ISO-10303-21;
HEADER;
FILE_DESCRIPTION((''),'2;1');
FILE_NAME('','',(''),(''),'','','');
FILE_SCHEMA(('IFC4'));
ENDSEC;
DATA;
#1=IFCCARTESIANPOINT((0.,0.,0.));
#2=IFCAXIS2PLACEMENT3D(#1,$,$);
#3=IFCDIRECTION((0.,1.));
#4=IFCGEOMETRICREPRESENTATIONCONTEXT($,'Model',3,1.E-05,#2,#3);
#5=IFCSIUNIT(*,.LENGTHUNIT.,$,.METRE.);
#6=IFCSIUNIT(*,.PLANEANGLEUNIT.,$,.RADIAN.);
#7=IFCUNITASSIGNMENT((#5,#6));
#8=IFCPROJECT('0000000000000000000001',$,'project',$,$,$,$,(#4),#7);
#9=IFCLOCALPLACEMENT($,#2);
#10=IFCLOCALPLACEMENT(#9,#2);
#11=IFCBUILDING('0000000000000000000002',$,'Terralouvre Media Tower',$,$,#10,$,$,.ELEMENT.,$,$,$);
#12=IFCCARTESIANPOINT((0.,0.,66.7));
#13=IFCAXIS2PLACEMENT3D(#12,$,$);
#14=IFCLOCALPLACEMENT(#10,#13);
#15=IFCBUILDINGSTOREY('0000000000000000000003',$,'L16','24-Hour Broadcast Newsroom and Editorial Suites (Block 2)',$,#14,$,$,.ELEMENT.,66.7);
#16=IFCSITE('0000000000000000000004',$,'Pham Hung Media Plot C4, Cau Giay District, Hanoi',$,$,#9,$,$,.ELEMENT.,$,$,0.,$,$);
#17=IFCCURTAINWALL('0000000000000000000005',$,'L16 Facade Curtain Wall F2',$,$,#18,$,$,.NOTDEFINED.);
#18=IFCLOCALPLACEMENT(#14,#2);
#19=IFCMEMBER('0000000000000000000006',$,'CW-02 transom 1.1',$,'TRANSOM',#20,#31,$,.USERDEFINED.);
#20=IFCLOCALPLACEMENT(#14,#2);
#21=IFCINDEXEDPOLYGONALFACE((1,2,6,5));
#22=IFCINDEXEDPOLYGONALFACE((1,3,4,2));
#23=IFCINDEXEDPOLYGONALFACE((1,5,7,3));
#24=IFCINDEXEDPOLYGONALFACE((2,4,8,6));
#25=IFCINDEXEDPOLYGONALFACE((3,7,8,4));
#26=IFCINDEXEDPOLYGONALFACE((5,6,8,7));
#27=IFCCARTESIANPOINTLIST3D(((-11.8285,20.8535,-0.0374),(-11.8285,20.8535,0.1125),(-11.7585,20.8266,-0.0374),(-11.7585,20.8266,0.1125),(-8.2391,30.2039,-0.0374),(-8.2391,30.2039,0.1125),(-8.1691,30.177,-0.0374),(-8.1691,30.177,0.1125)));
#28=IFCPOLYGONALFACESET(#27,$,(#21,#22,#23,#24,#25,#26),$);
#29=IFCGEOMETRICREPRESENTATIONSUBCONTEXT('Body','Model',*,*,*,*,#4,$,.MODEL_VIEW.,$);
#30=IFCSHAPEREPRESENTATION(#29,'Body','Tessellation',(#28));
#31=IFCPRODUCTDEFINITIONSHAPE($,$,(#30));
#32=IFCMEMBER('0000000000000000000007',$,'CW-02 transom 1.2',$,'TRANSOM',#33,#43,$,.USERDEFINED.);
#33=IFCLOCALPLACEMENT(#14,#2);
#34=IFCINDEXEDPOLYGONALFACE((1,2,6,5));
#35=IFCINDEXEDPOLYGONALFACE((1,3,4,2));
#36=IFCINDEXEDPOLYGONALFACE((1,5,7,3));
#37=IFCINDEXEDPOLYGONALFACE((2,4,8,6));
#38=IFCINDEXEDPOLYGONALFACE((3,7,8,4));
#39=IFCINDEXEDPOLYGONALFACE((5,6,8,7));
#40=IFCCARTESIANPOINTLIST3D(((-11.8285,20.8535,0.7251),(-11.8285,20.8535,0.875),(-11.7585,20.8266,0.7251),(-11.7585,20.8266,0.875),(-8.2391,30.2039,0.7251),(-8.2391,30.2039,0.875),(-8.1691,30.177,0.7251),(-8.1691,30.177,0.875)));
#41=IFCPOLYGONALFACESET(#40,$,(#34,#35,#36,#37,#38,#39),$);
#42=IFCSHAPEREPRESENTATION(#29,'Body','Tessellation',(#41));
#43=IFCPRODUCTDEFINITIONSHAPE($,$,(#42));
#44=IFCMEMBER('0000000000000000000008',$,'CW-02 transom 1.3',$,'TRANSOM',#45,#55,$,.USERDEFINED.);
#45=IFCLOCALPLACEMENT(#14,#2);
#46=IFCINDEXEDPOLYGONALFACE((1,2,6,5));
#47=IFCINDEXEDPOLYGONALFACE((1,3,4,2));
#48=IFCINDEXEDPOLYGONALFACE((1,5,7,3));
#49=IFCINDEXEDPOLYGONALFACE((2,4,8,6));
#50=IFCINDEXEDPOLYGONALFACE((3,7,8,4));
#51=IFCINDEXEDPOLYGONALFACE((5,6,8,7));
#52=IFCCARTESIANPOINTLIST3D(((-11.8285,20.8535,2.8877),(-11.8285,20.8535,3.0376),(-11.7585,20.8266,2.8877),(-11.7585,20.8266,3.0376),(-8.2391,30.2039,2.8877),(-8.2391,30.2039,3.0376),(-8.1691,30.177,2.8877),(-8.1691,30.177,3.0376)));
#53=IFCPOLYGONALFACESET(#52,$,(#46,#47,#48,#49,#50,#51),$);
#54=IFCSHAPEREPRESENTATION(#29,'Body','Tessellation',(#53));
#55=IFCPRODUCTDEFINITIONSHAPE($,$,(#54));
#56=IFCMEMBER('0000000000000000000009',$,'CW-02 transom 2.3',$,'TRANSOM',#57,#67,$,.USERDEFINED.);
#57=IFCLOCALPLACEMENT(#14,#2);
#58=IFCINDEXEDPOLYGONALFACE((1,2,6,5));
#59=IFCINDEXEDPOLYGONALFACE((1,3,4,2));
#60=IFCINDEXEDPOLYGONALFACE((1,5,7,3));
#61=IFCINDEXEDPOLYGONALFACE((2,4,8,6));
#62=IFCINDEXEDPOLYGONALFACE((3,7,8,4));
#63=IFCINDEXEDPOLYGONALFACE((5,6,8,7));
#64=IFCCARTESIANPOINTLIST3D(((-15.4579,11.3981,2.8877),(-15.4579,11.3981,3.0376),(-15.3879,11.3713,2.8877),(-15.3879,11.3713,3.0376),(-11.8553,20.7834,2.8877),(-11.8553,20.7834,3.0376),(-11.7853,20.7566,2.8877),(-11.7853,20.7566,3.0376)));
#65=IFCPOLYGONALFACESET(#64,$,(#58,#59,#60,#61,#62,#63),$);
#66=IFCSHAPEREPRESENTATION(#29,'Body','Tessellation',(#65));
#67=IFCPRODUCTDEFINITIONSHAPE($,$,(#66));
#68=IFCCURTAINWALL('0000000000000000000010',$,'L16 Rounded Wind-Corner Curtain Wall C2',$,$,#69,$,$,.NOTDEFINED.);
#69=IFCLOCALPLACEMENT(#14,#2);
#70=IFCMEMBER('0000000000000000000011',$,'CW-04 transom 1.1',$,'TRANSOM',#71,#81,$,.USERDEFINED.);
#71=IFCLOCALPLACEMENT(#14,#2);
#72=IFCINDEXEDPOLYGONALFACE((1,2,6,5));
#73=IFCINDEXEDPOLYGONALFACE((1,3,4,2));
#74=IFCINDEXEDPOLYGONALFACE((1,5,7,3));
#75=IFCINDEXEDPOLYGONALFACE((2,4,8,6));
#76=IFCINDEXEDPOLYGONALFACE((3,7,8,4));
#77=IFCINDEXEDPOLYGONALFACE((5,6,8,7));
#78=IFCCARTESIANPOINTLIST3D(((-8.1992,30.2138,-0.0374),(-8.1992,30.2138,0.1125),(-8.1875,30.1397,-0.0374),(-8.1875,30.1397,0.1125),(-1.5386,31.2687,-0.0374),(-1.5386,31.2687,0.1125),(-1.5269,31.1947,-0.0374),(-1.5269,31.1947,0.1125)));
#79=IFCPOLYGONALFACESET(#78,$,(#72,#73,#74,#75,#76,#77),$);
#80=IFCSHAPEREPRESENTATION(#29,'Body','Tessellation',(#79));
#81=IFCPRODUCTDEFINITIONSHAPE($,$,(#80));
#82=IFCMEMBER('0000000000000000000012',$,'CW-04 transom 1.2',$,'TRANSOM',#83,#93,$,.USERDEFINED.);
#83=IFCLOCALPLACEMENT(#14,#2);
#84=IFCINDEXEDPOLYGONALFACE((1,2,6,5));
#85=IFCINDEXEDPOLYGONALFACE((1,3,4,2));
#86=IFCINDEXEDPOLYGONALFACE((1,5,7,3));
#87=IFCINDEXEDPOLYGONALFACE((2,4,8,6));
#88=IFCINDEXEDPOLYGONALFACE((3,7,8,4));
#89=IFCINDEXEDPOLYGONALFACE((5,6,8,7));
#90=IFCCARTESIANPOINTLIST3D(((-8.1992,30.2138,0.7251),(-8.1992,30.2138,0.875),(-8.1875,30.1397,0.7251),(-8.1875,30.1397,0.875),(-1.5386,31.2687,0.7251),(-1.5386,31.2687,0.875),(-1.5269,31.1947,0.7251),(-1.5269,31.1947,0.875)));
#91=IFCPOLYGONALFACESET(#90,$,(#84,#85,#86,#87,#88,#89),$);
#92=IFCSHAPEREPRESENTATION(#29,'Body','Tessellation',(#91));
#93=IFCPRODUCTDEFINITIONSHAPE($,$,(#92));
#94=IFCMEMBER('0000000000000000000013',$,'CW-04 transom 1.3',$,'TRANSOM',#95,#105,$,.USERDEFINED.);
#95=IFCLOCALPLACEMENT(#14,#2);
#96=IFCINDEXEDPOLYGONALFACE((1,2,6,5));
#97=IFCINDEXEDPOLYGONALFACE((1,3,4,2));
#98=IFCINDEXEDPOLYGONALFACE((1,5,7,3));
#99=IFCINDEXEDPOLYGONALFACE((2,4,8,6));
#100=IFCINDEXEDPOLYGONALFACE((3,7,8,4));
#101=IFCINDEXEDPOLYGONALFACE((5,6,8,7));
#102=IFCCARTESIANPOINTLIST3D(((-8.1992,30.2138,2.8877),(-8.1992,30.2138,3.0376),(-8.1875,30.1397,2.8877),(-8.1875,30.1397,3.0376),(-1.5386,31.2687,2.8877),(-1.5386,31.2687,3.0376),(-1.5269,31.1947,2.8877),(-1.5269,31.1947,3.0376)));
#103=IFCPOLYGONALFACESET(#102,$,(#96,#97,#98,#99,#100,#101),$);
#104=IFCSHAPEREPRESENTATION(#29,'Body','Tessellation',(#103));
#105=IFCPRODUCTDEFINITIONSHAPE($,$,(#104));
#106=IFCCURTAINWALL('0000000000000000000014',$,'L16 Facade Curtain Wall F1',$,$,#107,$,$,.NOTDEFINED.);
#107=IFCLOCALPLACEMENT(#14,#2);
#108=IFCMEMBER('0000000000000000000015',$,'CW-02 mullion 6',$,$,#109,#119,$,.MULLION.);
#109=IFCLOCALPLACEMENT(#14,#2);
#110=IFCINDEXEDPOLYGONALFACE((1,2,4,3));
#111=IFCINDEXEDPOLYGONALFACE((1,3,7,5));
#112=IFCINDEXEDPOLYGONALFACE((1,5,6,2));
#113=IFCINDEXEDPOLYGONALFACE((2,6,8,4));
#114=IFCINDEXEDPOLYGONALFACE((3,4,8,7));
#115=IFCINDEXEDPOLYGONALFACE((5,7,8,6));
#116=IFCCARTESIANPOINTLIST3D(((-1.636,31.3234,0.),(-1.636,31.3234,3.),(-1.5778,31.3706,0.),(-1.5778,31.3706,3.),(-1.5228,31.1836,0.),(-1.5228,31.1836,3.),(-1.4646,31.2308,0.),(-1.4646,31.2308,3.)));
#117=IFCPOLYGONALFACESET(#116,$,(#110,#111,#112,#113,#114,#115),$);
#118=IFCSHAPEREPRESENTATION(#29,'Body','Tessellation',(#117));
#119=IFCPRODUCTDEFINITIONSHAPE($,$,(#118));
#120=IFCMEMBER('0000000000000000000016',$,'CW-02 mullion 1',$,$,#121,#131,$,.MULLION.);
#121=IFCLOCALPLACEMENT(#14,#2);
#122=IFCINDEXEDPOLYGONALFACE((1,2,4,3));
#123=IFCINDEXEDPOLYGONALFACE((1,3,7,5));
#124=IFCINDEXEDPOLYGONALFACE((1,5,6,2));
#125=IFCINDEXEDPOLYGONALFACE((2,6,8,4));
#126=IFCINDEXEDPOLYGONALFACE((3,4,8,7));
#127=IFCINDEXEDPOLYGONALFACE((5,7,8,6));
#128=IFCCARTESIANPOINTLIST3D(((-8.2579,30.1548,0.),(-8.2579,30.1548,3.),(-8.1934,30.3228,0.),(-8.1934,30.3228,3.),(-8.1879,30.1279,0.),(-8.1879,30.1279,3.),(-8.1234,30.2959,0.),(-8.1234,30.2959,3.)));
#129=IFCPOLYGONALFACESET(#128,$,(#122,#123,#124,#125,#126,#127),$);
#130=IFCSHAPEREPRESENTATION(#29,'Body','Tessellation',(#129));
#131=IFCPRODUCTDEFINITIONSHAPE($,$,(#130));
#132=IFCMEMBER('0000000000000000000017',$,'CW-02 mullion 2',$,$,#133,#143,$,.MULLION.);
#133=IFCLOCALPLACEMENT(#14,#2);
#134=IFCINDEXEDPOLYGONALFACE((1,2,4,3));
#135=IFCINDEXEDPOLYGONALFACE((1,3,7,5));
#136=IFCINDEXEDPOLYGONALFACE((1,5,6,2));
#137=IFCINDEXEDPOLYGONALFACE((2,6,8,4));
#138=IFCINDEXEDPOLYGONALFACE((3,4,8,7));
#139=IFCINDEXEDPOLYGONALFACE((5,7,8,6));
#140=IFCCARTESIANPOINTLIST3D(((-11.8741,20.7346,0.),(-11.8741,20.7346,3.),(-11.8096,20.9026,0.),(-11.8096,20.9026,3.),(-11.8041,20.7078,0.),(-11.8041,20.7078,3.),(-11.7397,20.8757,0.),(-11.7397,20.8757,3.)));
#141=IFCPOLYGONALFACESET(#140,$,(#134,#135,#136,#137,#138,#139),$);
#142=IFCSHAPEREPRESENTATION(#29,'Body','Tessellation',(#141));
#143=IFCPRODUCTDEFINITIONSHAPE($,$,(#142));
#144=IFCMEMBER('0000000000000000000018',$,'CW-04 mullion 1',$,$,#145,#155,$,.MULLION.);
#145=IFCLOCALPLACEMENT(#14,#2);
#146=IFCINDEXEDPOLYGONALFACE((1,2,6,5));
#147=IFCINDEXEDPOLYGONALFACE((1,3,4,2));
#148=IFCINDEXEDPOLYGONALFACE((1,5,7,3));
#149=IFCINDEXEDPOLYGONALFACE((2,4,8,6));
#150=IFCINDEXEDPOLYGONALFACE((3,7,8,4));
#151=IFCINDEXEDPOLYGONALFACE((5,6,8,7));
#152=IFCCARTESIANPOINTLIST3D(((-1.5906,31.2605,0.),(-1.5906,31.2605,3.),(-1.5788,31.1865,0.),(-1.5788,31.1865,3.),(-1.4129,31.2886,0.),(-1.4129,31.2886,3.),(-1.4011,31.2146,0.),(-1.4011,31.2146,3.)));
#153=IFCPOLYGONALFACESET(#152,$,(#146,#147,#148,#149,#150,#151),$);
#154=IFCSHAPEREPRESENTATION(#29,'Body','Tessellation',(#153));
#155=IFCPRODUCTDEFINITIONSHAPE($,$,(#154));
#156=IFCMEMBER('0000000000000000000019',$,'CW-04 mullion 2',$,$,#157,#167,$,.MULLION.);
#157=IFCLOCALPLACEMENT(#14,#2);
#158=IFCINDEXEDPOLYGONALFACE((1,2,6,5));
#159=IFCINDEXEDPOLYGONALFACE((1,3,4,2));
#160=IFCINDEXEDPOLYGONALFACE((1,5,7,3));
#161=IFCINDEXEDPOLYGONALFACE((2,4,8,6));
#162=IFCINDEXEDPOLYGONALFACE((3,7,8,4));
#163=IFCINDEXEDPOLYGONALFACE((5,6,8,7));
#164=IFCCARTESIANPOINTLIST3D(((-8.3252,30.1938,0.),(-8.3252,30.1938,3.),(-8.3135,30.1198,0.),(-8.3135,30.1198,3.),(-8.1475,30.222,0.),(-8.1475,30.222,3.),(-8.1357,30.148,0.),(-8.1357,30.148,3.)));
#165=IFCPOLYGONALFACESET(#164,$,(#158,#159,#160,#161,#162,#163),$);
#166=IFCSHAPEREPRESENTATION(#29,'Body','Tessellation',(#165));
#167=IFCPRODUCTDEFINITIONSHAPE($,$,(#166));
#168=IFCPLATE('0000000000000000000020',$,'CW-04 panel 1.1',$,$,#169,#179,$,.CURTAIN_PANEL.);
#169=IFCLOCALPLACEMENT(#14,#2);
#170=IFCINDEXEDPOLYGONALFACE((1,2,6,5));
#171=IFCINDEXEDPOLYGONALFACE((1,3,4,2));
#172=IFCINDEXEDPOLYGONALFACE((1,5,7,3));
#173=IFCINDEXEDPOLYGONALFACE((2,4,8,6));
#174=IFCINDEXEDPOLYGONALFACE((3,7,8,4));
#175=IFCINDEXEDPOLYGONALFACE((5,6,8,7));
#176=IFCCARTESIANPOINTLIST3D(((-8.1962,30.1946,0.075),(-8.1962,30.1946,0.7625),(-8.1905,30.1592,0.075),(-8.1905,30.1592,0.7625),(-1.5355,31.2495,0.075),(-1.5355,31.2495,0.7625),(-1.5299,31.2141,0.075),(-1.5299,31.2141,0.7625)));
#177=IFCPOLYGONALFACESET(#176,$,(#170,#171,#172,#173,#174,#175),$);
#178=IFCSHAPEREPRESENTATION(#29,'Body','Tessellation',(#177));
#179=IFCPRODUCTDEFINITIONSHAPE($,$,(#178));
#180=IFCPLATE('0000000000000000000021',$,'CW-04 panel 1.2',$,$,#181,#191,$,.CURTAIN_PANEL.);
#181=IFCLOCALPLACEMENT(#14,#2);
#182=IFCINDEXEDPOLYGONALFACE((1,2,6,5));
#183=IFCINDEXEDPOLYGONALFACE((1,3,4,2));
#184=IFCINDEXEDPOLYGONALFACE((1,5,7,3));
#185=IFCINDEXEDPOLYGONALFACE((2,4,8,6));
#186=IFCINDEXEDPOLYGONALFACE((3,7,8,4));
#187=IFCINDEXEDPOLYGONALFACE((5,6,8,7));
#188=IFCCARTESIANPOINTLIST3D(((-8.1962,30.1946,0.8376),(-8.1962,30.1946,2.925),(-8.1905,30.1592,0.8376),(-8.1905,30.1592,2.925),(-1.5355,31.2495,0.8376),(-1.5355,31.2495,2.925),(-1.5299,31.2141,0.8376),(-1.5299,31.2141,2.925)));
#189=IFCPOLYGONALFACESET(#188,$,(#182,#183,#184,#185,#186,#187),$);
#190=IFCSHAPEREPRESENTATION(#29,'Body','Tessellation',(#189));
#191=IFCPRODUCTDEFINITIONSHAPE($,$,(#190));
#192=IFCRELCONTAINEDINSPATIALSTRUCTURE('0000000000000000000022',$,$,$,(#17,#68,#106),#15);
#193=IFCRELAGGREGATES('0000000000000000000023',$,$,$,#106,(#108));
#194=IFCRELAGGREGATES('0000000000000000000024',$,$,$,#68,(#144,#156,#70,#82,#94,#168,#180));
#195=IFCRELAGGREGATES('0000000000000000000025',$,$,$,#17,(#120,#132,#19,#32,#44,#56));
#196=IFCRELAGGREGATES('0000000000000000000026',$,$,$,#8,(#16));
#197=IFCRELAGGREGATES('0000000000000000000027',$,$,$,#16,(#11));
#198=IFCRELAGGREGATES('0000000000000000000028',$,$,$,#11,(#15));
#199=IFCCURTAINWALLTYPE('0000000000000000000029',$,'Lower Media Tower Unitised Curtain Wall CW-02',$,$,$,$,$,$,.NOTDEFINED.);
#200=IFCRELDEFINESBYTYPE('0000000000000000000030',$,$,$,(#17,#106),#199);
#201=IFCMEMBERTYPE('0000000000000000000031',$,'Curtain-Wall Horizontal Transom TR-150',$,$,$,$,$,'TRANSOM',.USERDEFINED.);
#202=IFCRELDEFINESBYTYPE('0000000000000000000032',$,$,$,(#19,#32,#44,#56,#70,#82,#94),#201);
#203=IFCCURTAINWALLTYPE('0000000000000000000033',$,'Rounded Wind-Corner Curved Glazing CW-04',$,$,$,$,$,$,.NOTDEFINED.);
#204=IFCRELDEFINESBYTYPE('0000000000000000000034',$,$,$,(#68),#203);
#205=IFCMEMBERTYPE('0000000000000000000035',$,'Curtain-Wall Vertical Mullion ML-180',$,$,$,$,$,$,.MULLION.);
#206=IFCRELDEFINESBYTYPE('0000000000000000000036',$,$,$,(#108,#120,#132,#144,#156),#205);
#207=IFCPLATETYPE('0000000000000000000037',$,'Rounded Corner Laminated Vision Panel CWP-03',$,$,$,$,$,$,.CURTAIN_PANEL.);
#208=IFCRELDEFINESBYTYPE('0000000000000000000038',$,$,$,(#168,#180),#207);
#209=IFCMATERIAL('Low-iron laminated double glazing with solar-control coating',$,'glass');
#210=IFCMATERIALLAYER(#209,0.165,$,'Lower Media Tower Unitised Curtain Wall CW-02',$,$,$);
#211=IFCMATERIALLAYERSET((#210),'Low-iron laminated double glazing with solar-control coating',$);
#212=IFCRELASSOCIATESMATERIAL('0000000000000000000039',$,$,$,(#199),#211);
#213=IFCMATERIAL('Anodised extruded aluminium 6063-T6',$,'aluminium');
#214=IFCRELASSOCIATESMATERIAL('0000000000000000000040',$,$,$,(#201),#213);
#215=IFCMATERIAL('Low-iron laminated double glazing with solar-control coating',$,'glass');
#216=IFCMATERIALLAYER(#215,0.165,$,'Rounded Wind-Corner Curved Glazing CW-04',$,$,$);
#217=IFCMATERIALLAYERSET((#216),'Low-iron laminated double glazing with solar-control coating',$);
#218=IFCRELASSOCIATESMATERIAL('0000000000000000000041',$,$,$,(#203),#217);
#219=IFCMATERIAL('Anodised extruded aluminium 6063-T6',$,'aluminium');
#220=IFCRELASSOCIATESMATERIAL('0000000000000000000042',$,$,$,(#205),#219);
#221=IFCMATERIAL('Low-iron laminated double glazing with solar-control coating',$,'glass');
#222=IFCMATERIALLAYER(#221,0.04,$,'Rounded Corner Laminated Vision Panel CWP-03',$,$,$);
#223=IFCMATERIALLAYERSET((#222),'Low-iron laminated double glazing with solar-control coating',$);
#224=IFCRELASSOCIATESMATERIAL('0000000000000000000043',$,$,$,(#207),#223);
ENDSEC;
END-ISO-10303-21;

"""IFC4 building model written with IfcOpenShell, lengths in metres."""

from ifc_helpers import new_model, si_unit, direction, frame, origin, origin_2d, place, context, subcontext, project, spatial, rectangle, extrude, material, layer, layer_set, material_profile, profile_set, type_object, element, aggregate, save


model = new_model("IFC4")

# Units and contexts
model_context = context("Model", 3, precision=1e-05, world=origin(), true_north=direction((0.0, 1.0)))
body_context = subcontext(model_context, "Body", "Model", "MODEL_VIEW")
ifc_project = project(units=[si_unit("LENGTHUNIT", "METRE"), si_unit("PLANEANGLEUNIT", "RADIAN")], contexts=[model_context])

# Site, building, storey
site_placement = place(None, origin())
site = spatial("IfcSite", under=ifc_project, at=site_placement, Name="Pham Hung Media Plot C4, Cau Giay District, Hanoi", CompositionType="ELEMENT", RefElevation=0.0)
building_placement = place(site_placement, origin())
building = spatial("IfcBuilding", under=site, at=building_placement, Name="Terralouvre Media Tower", CompositionType="ELEMENT")
storey_placement = place(building_placement, frame((0.0, 0.0, 66.7)))
storey = spatial("IfcBuildingStorey", under=building, at=storey_placement, Name="L16", Description="24-Hour Broadcast Newsroom and Editorial Suites (Block 2)", CompositionType="ELEMENT", Elevation=66.7)

# Curtain walls, members
ifc_material_1 = material(Name="Low-iron laminated double glazing with solar-control coating", Category="glass")
ifc_layer_1 = layer(ifc_material_1, 0.165, Name="Lower Media Tower Unitised Curtain Wall CW-02")
ifc_layer_set_1 = layer_set([ifc_layer_1], Name="Low-iron laminated double glazing with solar-control coating")
curtain_wall_type_1 = type_object("IfcCurtainWallType", Name="Lower Media Tower Unitised Curtain Wall CW-02", PredefinedType="NOTDEFINED", material=ifc_layer_set_1)
curtain_wall_1_placement = place(storey_placement, origin())
curtain_wall_1 = element("IfcCurtainWall", 1, at=curtain_wall_1_placement, inside=storey, type_object=curtain_wall_type_1, Name="L16 Facade Curtain Wall F2", PredefinedType="NOTDEFINED")
ifc_material_2 = material(Name="Anodised extruded aluminium 6063-T6", Category="aluminium")
ifc_material_profile_1 = material_profile(ifc_material_2, rectangle(XDim=0.075, YDim=0.1499, at=origin_2d()), Name="ALU 75x150")
ifc_profile_set_1 = profile_set([ifc_material_profile_1], Name="Anodised extruded aluminium 6063-T6")
member_type_1 = type_object("IfcMemberType", Name="Curtain-Wall Horizontal Transom TR-150", ElementType="TRANSOM", PredefinedType="USERDEFINED", material=ifc_profile_set_1)
member_1_placement = place(storey_placement, frame((-8.2041, 30.1904, 0.0376), z_axis=(-0.358376, -0.933577, 0.0), x_axis=(0.933577, -0.358376, 0.0)))
member_1 = element("IfcMember", 2, at=member_1_placement, type_object=member_type_1, Name="CW-02 transom 1.1", ObjectType="TRANSOM", PredefinedType="USERDEFINED", context=body_context, shape_type="SweptSolid", body=[
    extrude(rectangle(XDim=0.075, YDim=0.1499, at=origin_2d()), origin(), (0.0, 0.0, 1.0), 10.0156),
])
member_2_placement = place(storey_placement, frame((-8.2041, 30.1904, 0.8), z_axis=(-0.358376, -0.933577, 0.0), x_axis=(0.933577, -0.358376, 0.0)))
member_2 = element("IfcMember", 3, at=member_2_placement, type_object=member_type_1, Name="CW-02 transom 1.2", ObjectType="TRANSOM", PredefinedType="USERDEFINED", context=body_context, shape_type="SweptSolid", body=[
    extrude(rectangle(XDim=0.075, YDim=0.1499, at=origin_2d()), origin(), (0.0, 0.0, 1.0), 10.0156),
])
member_3_placement = place(storey_placement, frame((-8.2041, 30.1904, 2.9626), z_axis=(-0.358376, -0.933577, 0.0), x_axis=(0.933577, -0.358376, 0.0)))
member_3 = element("IfcMember", 4, at=member_3_placement, type_object=member_type_1, Name="CW-02 transom 1.3", ObjectType="TRANSOM", PredefinedType="USERDEFINED", context=body_context, shape_type="SweptSolid", body=[
    extrude(rectangle(XDim=0.075, YDim=0.1499, at=origin_2d()), origin(), (0.0, 0.0, 1.0), 10.0156),
])
member_4_placement = place(storey_placement, frame((-11.8203, 20.77, 2.9626), z_axis=(-0.358357, -0.933584, 0.0), x_axis=(0.933584, -0.358357, 0.0)))
member_4 = element("IfcMember", 5, at=member_4_placement, type_object=member_type_1, Name="CW-02 transom 2.3", ObjectType="TRANSOM", PredefinedType="USERDEFINED", context=body_context, shape_type="SweptSolid", body=[
    extrude(rectangle(XDim=0.075, YDim=0.1499, at=origin_2d()), origin(), (0.0, 0.0, 1.0), 10.053),
])
ifc_material_3 = material(Name="Low-iron laminated double glazing with solar-control coating", Category="glass")
ifc_layer_2 = layer(ifc_material_3, 0.165, Name="Rounded Wind-Corner Curved Glazing CW-04")
ifc_layer_set_2 = layer_set([ifc_layer_2], Name="Low-iron laminated double glazing with solar-control coating")
curtain_wall_type_2 = type_object("IfcCurtainWallType", Name="Rounded Wind-Corner Curved Glazing CW-04", PredefinedType="NOTDEFINED", material=ifc_layer_set_2)
curtain_wall_2_placement = place(storey_placement, origin())
curtain_wall_2 = element("IfcCurtainWall", 6, at=curtain_wall_2_placement, inside=storey, type_object=curtain_wall_type_2, Name="L16 Rounded Wind-Corner Curtain Wall C2", PredefinedType="NOTDEFINED")
member_5_placement = place(storey_placement, frame((-1.5327, 31.2317, 0.0376), z_axis=(-0.987689, -0.156433, 0.0), x_axis=(0.156433, -0.987689, 0.0)))
member_5 = element("IfcMember", 7, at=member_5_placement, type_object=member_type_1, Name="CW-04 transom 1.1", ObjectType="TRANSOM", PredefinedType="USERDEFINED", context=body_context, shape_type="SweptSolid", body=[
    extrude(rectangle(XDim=0.075, YDim=0.1499, at=origin_2d()), origin(), (0.0, 0.0, 1.0), 6.7437),
])
member_6_placement = place(storey_placement, frame((-1.5327, 31.2317, 0.8), z_axis=(-0.987689, -0.156433, 0.0), x_axis=(0.156433, -0.987689, 0.0)))
member_6 = element("IfcMember", 8, at=member_6_placement, type_object=member_type_1, Name="CW-04 transom 1.2", ObjectType="TRANSOM", PredefinedType="USERDEFINED", context=body_context, shape_type="SweptSolid", body=[
    extrude(rectangle(XDim=0.075, YDim=0.1499, at=origin_2d()), origin(), (0.0, 0.0, 1.0), 6.7437),
])
member_7_placement = place(storey_placement, frame((-1.5327, 31.2317, 2.9626), z_axis=(-0.987689, -0.156433, 0.0), x_axis=(0.156433, -0.987689, 0.0)))
member_7 = element("IfcMember", 9, at=member_7_placement, type_object=member_type_1, Name="CW-04 transom 1.3", ObjectType="TRANSOM", PredefinedType="USERDEFINED", context=body_context, shape_type="SweptSolid", body=[
    extrude(rectangle(XDim=0.075, YDim=0.1499, at=origin_2d()), origin(), (0.0, 0.0, 1.0), 6.7437),
])

# Curtain wall, member
curtain_wall_3_placement = place(storey_placement, origin())
curtain_wall_3 = element("IfcCurtainWall", 10, at=curtain_wall_3_placement, inside=storey, type_object=curtain_wall_type_1, Name="L16 Facade Curtain Wall F1", PredefinedType="NOTDEFINED")
ifc_material_4 = material(Name="Anodised extruded aluminium 6063-T6", Category="aluminium")
ifc_material_profile_2 = material_profile(ifc_material_4, rectangle(XDim=0.075, YDim=0.1799, at=origin_2d()), Name="ALU 75x180")
ifc_profile_set_2 = profile_set([ifc_material_profile_2], Name="Anodised extruded aluminium 6063-T6")
member_type_2 = type_object("IfcMemberType", Name="Curtain-Wall Vertical Mullion ML-180", PredefinedType="MULLION", material=ifc_profile_set_2)
member_8_placement = place(storey_placement, frame((-1.5503, 31.2771, 0.0), z_axis=(0.0, 0.0, 1.0), x_axis=(-0.777146, -0.62932, 0.0)))
member_8 = element("IfcMember", 11, at=member_8_placement, type_object=member_type_2, Name="CW-02 mullion 6", PredefinedType="MULLION", context=body_context, shape_type="SweptSolid", body=[
    extrude(rectangle(XDim=0.075, YDim=0.1799, at=origin_2d()), origin(), (0.0, 0.0, 1.0), 3.0),
])
aggregate(curtain_wall_3, [member_8])

# Members
member_9_placement = place(storey_placement, frame((-8.1907, 30.2253, 0.0), z_axis=(0.0, 0.0, 1.0), x_axis=(0.93358, -0.358368, 0.0)))
member_9 = element("IfcMember", 12, at=member_9_placement, type_object=member_type_2, Name="CW-02 mullion 1", PredefinedType="MULLION", context=body_context, shape_type="SweptSolid", body=[
    extrude(rectangle(XDim=0.075, YDim=0.1799, at=origin_2d()), origin(), (0.0, 0.0, 1.0), 3.0),
])
member_10_placement = place(storey_placement, frame((-11.8069, 20.8052, 0.0), z_axis=(0.0, 0.0, 1.0), x_axis=(0.93358, -0.358368, 0.0)))
member_10 = element("IfcMember", 13, at=member_10_placement, type_object=member_type_2, Name="CW-02 mullion 2", PredefinedType="MULLION", context=body_context, shape_type="SweptSolid", body=[
    extrude(rectangle(XDim=0.075, YDim=0.1799, at=origin_2d()), origin(), (0.0, 0.0, 1.0), 3.0),
])
member_11_placement = place(storey_placement, frame((-1.4958, 31.2375, 0.0), z_axis=(0.0, 0.0, 1.0), x_axis=(0.156434, -0.987688, 0.0)))
member_11 = element("IfcMember", 14, at=member_11_placement, type_object=member_type_2, Name="CW-04 mullion 1", PredefinedType="MULLION", context=body_context, shape_type="SweptSolid", body=[
    extrude(rectangle(XDim=0.075, YDim=0.1799, at=origin_2d()), origin(), (0.0, 0.0, 1.0), 3.0),
])
member_12_placement = place(storey_placement, frame((-8.2305, 30.1709, 0.0), z_axis=(0.0, 0.0, 1.0), x_axis=(0.156434, -0.987688, 0.0)))
member_12 = element("IfcMember", 15, at=member_12_placement, type_object=member_type_2, Name="CW-04 mullion 2", PredefinedType="MULLION", context=body_context, shape_type="SweptSolid", body=[
    extrude(rectangle(XDim=0.075, YDim=0.1799, at=origin_2d()), origin(), (0.0, 0.0, 1.0), 3.0),
])

# Plates
ifc_material_5 = material(Name="Low-iron laminated double glazing with solar-control coating", Category="glass")
ifc_layer_3 = layer(ifc_material_5, 0.04, Name="Rounded Corner Laminated Vision Panel CWP-03")
ifc_layer_set_3 = layer_set([ifc_layer_3], Name="Low-iron laminated double glazing with solar-control coating")
plate_type_1 = type_object("IfcPlateType", Name="Rounded Corner Laminated Vision Panel CWP-03", PredefinedType="CURTAIN_PANEL", material=ifc_layer_set_3)
plate_1_placement = place(storey_placement, frame((-4.863, 30.7043, 0.075), z_axis=(0.0, 0.0, 1.0), x_axis=(-0.987688, -0.156434, 0.0)))
plate_1 = element("IfcPlate", 16, at=plate_1_placement, type_object=plate_type_1, Name="CW-04 panel 1.1", PredefinedType="CURTAIN_PANEL", context=body_context, shape_type="SweptSolid", body=[
    extrude(rectangle(XDim=6.7437, YDim=0.0359, at=origin_2d()), origin(), (0.0, 0.0, 1.0), 0.6875),
])
plate_2_placement = place(storey_placement, frame((-4.863, 30.7043, 0.8376), z_axis=(0.0, 0.0, 1.0), x_axis=(-0.987688, -0.156434, 0.0)))
plate_2 = element("IfcPlate", 17, at=plate_2_placement, type_object=plate_type_1, Name="CW-04 panel 1.2", PredefinedType="CURTAIN_PANEL", context=body_context, shape_type="SweptSolid", body=[
    extrude(rectangle(XDim=6.7437, YDim=0.0359, at=origin_2d()), origin(), (0.0, 0.0, 1.0), 2.0874),
])
aggregate(curtain_wall_2, [member_11, member_12, member_5, member_6, member_7, plate_1, plate_2])
aggregate(curtain_wall_1, [member_9, member_10, member_1, member_2, member_3, member_4])

save(model, "model.ifc")
